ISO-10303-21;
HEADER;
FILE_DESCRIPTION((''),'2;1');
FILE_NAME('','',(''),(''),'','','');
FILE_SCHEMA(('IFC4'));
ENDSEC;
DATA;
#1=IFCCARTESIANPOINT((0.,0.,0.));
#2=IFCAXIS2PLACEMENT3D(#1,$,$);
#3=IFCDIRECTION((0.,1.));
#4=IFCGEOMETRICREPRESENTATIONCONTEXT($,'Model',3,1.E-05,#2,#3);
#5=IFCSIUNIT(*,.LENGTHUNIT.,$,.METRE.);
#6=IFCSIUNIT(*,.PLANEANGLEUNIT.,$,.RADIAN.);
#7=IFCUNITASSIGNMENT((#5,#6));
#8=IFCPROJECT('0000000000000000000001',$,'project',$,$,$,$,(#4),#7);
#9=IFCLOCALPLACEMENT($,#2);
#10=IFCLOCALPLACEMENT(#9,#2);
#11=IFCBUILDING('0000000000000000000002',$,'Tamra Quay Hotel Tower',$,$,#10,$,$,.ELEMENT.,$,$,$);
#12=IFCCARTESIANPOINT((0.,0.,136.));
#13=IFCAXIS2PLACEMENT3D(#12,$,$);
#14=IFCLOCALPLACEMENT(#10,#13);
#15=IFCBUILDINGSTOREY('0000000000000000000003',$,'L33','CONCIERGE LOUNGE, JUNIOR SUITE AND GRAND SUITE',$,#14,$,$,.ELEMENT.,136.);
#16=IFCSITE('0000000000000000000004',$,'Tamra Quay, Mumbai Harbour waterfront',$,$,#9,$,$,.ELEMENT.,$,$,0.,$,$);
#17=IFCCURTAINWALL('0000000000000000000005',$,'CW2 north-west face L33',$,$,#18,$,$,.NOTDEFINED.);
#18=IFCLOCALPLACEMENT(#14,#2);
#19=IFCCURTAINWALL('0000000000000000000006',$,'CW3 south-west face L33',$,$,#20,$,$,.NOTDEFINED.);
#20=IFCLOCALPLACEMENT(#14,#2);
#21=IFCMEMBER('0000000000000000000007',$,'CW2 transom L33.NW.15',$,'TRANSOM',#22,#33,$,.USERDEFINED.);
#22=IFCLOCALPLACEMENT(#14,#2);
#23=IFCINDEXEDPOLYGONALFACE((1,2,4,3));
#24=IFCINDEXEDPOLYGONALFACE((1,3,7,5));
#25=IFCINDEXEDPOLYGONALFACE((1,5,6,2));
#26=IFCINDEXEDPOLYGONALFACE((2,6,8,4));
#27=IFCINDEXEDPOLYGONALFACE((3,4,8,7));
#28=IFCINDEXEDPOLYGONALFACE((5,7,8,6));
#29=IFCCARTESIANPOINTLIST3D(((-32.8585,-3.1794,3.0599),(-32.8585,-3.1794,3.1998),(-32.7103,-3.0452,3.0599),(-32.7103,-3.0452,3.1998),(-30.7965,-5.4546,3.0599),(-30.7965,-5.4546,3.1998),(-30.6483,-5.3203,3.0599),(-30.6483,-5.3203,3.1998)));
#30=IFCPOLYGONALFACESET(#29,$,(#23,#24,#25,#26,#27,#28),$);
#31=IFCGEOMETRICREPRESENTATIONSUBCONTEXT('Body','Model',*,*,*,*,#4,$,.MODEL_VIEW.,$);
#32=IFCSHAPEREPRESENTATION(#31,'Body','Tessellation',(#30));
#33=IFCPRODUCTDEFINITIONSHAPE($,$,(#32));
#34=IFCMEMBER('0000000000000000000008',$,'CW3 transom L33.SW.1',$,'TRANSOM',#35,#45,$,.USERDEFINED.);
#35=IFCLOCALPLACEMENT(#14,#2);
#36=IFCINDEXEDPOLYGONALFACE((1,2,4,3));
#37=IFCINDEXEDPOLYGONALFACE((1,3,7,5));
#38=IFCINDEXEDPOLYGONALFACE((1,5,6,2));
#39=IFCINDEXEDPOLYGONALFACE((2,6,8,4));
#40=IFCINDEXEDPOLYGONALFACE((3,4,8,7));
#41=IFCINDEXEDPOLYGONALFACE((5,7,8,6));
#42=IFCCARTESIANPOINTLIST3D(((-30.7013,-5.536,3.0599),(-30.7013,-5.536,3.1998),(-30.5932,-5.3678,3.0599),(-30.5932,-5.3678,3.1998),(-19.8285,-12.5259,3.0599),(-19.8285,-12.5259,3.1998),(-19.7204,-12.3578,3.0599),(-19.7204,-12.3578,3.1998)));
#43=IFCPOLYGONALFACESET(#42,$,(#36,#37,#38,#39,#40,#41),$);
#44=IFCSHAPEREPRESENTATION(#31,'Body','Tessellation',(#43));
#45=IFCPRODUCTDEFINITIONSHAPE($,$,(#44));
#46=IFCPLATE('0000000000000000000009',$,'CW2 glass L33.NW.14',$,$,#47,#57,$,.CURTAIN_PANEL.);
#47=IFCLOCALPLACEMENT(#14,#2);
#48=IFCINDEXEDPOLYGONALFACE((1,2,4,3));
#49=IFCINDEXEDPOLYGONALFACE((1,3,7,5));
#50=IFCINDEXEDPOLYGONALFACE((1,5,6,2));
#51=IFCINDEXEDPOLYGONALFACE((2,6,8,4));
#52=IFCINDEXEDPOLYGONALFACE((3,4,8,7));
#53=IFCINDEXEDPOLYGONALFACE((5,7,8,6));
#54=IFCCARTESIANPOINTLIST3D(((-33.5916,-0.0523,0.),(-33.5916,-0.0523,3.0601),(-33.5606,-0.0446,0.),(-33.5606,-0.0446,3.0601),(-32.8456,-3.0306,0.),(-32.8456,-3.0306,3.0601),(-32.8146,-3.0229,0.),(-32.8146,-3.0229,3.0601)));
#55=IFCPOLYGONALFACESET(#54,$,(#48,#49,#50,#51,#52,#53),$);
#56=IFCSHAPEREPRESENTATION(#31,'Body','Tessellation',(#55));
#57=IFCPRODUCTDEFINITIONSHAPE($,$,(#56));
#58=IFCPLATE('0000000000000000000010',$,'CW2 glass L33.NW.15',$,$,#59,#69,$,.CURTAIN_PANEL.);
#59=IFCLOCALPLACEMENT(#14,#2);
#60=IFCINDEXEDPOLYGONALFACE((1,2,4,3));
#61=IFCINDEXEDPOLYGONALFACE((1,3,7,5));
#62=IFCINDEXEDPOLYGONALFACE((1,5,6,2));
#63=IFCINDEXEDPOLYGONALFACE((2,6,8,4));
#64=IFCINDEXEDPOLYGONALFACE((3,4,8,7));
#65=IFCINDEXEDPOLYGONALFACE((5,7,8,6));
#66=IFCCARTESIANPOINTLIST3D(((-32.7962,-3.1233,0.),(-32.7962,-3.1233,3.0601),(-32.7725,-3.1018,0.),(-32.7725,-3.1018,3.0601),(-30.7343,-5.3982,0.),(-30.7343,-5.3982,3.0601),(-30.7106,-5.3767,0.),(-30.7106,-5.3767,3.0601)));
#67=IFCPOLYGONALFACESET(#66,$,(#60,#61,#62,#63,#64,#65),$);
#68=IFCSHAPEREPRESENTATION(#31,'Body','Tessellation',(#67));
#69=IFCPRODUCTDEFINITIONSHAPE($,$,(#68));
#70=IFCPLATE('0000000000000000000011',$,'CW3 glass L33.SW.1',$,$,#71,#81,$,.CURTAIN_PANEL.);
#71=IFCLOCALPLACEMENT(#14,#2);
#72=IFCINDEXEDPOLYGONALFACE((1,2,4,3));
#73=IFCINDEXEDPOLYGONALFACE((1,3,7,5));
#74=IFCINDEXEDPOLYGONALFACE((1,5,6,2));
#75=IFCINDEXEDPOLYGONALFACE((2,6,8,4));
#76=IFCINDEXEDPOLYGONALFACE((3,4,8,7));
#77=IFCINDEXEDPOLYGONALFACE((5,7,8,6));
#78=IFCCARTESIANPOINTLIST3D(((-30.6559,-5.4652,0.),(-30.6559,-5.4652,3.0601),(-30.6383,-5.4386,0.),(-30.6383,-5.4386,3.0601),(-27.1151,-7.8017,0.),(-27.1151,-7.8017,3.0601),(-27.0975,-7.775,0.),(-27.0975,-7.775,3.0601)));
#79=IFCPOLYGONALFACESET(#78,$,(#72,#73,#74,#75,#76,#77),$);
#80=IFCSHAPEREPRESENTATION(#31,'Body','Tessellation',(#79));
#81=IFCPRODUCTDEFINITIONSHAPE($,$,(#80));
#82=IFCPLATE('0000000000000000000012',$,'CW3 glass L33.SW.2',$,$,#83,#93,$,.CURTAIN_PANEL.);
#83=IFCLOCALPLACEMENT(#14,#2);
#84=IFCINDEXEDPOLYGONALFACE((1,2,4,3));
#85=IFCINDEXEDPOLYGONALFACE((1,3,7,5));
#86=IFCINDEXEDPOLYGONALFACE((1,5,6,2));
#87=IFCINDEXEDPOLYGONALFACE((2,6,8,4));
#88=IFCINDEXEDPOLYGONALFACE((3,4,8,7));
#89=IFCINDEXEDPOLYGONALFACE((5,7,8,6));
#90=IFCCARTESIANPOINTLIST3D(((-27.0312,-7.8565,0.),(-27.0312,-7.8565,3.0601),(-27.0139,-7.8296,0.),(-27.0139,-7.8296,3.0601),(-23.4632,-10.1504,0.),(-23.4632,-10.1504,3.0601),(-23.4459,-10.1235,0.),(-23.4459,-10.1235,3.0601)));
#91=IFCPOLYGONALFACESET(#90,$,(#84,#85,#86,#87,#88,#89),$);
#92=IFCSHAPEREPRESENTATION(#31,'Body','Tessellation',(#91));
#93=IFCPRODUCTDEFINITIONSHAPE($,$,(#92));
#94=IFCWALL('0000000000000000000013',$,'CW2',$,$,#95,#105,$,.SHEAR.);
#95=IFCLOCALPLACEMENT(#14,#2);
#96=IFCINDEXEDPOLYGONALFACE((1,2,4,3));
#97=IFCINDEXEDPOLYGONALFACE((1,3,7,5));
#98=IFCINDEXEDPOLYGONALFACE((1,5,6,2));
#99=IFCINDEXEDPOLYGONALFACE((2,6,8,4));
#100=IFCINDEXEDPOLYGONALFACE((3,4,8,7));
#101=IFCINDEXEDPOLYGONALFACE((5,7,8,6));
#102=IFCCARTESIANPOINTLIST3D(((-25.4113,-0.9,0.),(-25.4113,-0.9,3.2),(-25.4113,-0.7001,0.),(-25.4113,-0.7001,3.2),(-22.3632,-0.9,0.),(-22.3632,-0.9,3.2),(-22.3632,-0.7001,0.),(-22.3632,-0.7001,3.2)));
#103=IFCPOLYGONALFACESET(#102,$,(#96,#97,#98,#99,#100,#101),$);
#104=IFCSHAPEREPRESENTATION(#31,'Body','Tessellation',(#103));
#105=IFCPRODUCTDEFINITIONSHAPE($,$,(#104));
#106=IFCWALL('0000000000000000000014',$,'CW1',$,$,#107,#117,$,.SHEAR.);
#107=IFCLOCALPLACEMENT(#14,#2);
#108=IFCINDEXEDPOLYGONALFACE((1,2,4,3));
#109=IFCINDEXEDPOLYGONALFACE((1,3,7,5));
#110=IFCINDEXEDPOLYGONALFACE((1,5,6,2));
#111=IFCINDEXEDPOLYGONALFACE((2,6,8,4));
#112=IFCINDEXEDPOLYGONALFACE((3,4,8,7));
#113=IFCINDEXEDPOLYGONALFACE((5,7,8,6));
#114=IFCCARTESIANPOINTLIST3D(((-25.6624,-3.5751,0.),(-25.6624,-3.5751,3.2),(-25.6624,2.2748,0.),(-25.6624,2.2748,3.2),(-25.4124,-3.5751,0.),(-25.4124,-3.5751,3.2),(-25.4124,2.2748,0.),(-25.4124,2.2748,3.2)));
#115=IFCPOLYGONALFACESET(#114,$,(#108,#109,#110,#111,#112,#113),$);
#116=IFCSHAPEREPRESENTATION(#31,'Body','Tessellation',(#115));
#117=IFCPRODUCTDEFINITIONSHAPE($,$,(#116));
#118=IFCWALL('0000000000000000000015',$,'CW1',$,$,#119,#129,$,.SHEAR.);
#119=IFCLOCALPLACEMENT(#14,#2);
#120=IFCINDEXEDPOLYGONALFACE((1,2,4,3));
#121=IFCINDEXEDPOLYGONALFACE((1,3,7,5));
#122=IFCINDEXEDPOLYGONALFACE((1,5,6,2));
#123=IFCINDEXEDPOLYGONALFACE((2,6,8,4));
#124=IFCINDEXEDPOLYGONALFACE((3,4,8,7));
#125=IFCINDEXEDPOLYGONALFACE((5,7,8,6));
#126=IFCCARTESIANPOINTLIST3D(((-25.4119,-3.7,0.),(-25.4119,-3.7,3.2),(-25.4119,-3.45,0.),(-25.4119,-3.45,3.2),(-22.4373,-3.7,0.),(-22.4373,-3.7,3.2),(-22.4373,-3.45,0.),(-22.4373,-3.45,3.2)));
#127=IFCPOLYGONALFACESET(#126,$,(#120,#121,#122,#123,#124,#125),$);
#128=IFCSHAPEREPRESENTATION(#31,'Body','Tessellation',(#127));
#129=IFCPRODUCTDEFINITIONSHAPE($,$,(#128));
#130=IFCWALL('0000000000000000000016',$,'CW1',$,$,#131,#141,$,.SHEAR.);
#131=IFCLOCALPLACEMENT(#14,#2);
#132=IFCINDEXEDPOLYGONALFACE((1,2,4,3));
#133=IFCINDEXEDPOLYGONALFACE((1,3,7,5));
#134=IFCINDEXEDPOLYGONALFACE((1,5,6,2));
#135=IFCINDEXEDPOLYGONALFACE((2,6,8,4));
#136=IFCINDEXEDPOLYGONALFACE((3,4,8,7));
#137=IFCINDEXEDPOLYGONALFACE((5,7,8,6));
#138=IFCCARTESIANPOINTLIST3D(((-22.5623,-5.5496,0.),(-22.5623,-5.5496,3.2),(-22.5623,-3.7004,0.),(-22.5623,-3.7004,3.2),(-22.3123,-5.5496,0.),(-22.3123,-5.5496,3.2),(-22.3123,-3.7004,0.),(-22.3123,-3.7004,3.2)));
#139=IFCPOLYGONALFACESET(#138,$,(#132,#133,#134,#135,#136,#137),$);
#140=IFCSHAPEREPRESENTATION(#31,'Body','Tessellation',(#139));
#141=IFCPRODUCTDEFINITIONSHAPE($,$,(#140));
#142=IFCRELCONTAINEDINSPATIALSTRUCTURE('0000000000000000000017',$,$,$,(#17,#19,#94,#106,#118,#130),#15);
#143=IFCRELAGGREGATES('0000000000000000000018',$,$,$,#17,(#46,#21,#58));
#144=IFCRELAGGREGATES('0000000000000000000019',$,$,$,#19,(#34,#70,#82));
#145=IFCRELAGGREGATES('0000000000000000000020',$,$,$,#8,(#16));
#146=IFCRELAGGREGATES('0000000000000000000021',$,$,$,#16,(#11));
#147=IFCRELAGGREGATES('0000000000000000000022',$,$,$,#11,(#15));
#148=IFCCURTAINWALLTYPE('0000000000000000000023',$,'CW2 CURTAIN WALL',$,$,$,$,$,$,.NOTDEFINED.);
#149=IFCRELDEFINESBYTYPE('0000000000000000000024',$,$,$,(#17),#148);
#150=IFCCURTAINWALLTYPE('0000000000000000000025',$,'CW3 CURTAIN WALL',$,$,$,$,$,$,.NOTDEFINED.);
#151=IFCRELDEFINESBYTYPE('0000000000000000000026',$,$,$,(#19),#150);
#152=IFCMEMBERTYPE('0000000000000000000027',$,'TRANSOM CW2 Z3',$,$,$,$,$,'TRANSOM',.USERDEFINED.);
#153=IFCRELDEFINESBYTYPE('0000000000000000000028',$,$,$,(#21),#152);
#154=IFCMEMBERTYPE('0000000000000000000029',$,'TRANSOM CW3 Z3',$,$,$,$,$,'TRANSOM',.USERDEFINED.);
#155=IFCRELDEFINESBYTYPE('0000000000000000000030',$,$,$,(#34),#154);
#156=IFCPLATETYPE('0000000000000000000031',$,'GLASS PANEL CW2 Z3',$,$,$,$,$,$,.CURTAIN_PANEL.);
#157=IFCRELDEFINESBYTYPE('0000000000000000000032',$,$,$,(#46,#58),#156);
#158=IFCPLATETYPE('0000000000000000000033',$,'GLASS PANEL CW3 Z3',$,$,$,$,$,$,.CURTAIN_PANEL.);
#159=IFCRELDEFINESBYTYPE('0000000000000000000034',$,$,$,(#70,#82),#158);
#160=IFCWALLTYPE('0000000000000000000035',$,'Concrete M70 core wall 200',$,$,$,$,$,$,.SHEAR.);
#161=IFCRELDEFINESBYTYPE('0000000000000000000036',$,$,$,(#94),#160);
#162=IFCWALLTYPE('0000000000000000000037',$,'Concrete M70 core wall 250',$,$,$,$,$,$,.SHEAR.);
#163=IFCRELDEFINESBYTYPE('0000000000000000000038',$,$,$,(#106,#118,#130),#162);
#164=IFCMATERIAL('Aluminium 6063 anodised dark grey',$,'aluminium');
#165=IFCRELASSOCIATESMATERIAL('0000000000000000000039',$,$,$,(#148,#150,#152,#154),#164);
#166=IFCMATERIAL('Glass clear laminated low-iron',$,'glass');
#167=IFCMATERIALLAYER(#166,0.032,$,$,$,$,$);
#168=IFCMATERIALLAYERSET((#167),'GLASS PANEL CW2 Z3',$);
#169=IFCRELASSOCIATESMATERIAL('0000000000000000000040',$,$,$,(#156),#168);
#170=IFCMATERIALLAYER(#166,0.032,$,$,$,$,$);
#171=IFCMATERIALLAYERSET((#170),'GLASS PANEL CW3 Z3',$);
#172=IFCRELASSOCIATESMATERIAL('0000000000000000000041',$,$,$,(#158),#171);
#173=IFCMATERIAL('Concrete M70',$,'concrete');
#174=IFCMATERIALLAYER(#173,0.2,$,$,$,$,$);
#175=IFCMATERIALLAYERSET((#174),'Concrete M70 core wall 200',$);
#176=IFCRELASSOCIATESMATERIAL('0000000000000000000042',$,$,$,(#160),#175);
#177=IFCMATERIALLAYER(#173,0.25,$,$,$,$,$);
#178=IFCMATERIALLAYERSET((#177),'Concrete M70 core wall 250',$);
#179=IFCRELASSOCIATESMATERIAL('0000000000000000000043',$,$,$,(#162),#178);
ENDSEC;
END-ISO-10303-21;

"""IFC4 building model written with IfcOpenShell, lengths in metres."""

from ifc_helpers import new_model, si_unit, direction, frame, frame_2d, origin, origin_2d, place, context, subcontext, project, spatial, rectangle, extrude, material, layer, layer_set, material_profile, profile_set, type_object, element, aggregate, save


model = new_model("IFC4")

# Units and contexts
model_context = context("Model", 3, precision=1e-05, world=origin(), true_north=direction((0.0, 1.0)))
body_context = subcontext(model_context, "Body", "Model", "MODEL_VIEW")
ifc_project = project(units=[si_unit("LENGTHUNIT", "METRE"), si_unit("PLANEANGLEUNIT", "RADIAN")], contexts=[model_context])

# Site, building, storey
site_placement = place(None, origin())
site = spatial("IfcSite", under=ifc_project, at=site_placement, Name="Tamra Quay, Mumbai Harbour waterfront", CompositionType="ELEMENT", RefElevation=0.0)
building_placement = place(site_placement, origin())
building = spatial("IfcBuilding", under=site, at=building_placement, Name="Tamra Quay Hotel Tower", CompositionType="ELEMENT")
storey_placement = place(building_placement, frame((0.0, 0.0, 136.0)))
storey = spatial("IfcBuildingStorey", under=building, at=storey_placement, Name="L33", Description="CONCIERGE LOUNGE, JUNIOR SUITE AND GRAND SUITE", CompositionType="ELEMENT", Elevation=136.0)

# Shared definitions
ifc_material_1 = material(Name="Concrete M70", Category="concrete")

# Curtain walls
ifc_material_2 = material(Name="Aluminium 6063 anodised dark grey", Category="aluminium")
curtain_wall_type_1 = type_object("IfcCurtainWallType", Name="CW2 CURTAIN WALL", PredefinedType="NOTDEFINED", material=ifc_material_2)
curtain_wall_1_placement = place(storey_placement, origin())
curtain_wall_1 = element("IfcCurtainWall", 1, at=curtain_wall_1_placement, inside=storey, type_object=curtain_wall_type_1, Name="CW2 north-west face L33", PredefinedType="NOTDEFINED")
curtain_wall_type_2 = type_object("IfcCurtainWallType", Name="CW3 CURTAIN WALL", PredefinedType="NOTDEFINED", material=ifc_material_2)
curtain_wall_2_placement = place(storey_placement, origin())
curtain_wall_2 = element("IfcCurtainWall", 2, at=curtain_wall_2_placement, inside=storey, type_object=curtain_wall_type_2, Name="CW3 south-west face L33", PredefinedType="NOTDEFINED")

# Members
ifc_material_profile_1 = material_profile(ifc_material_2, rectangle(XDim=0.2, YDim=0.1399, at=origin_2d()), Name="TRANSOM 200X140")
ifc_profile_set_1 = profile_set([ifc_material_profile_1], Name="Aluminium 6063 anodised dark grey")
member_type_1 = type_object("IfcMemberType", Name="TRANSOM CW2 Z3", ElementType="TRANSOM", PredefinedType="USERDEFINED", material=ifc_profile_set_1)
member_1_placement = place(storey_placement, frame((-32.7844, -3.1123, 3.1299), z_axis=(0.671548, -0.740961, 0.0), x_axis=(0.740961, 0.671548, 0.0)))
member_1 = element("IfcMember", 3, at=member_1_placement, type_object=member_type_1, Name="CW2 transom L33.NW.15", ObjectType="TRANSOM", PredefinedType="USERDEFINED", context=body_context, shape_type="SweptSolid", body=[
    extrude(rectangle(XDim=0.2, YDim=0.1399, at=origin_2d()), origin(), (0.0, 0.0, 1.0), 3.0706),
])
ifc_material_profile_2 = material_profile(ifc_material_2, rectangle(XDim=0.2, YDim=0.1399, at=origin_2d()), Name="TRANSOM 200X140")
ifc_profile_set_2 = profile_set([ifc_material_profile_2], Name="Aluminium 6063 anodised dark grey")
member_type_2 = type_object("IfcMemberType", Name="TRANSOM CW3 Z3", ElementType="TRANSOM", PredefinedType="USERDEFINED", material=ifc_profile_set_2)
member_2_placement = place(storey_placement, frame((-30.6472, -5.4519, 3.1299), z_axis=(0.841167, -0.540776, 0.0), x_axis=(0.540776, 0.841167, 0.0)))
member_2 = element("IfcMember", 4, at=member_2_placement, type_object=member_type_2, Name="CW3 transom L33.SW.1", ObjectType="TRANSOM", PredefinedType="USERDEFINED", context=body_context, shape_type="SweptSolid", body=[
    extrude(rectangle(XDim=0.2, YDim=0.1399, at=origin_2d()), origin(), (0.0, 0.0, 1.0), 12.9258),
])

# Plates
ifc_material_3 = material(Name="Glass clear laminated low-iron", Category="glass")
ifc_layer_1 = layer(ifc_material_3, 0.032)
ifc_layer_set_1 = layer_set([ifc_layer_1], Name="GLASS PANEL CW2 Z3")
plate_type_1 = type_object("IfcPlateType", Name="GLASS PANEL CW2 Z3", PredefinedType="CURTAIN_PANEL", material=ifc_layer_set_1)
plate_1_placement = place(storey_placement, frame((-33.2031, -1.5376, 0.0), z_axis=(0.0, 0.0, 1.0), x_axis=(0.242976, -0.970032, 0.0)))
plate_1 = element("IfcPlate", 5, at=plate_1_placement, type_object=plate_type_1, Name="CW2 glass L33.NW.14", PredefinedType="CURTAIN_PANEL", context=body_context, shape_type="SweptSolid", body=[
    extrude(rectangle(XDim=3.0703, YDim=0.032, at=origin_2d()), origin(), (0.0, 0.0, 1.0), 3.0601),
])
plate_2_placement = place(storey_placement, frame((-31.7534, -4.25, 0.0), z_axis=(0.0, 0.0, 1.0), x_axis=(0.67155, -0.740959, 0.0)))
plate_2 = element("IfcPlate", 6, at=plate_2_placement, type_object=plate_type_1, Name="CW2 glass L33.NW.15", PredefinedType="CURTAIN_PANEL", context=body_context, shape_type="SweptSolid", body=[
    extrude(rectangle(XDim=3.0703, YDim=0.032, at=origin_2d()), origin(), (0.0, 0.0, 1.0), 3.0601),
])
aggregate(curtain_wall_1, [plate_1, member_1, plate_2])
ifc_layer_2 = layer(ifc_material_3, 0.032)
ifc_layer_set_2 = layer_set([ifc_layer_2], Name="GLASS PANEL CW3 Z3")
plate_type_2 = type_object("IfcPlateType", Name="GLASS PANEL CW3 Z3", PredefinedType="CURTAIN_PANEL", material=ifc_layer_set_2)
plate_3_placement = place(storey_placement, frame((-28.8767, -6.6201, 0.0), z_axis=(0.0, 0.0, 1.0), x_axis=(0.834663, -0.550761, 0.0)))
plate_3 = element("IfcPlate", 7, at=plate_3_placement, type_object=plate_type_2, Name="CW3 glass L33.SW.1", PredefinedType="CURTAIN_PANEL", context=body_context, shape_type="SweptSolid", body=[
    extrude(rectangle(XDim=4.2422, YDim=0.032, at=origin_2d()), origin(), (0.0, 0.0, 1.0), 3.0601),
])
plate_4_placement = place(storey_placement, frame((-25.2385, -8.99, 0.0), z_axis=(0.0, 0.0, 1.0), x_axis=(0.841164, -0.54078, 0.0)))
plate_4 = element("IfcPlate", 8, at=plate_4_placement, type_object=plate_type_2, Name="CW3 glass L33.SW.2", PredefinedType="CURTAIN_PANEL", context=body_context, shape_type="SweptSolid", body=[
    extrude(rectangle(XDim=4.2417, YDim=0.032, at=origin_2d()), origin(), (0.0, 0.0, 1.0), 3.0601),
])
aggregate(curtain_wall_2, [member_2, plate_3, plate_4])

# Walls
ifc_layer_3 = layer(ifc_material_1, 0.2)
ifc_layer_set_3 = layer_set([ifc_layer_3], Name="Concrete M70 core wall 200")
wall_type_1 = type_object("IfcWallType", Name="Concrete M70 core wall 200", PredefinedType="SHEAR", material=ifc_layer_set_3)
wall_1_placement = place(storey_placement, frame((-22.3633, -0.8, 0.0), z_axis=(0.0, 0.0, 1.0), x_axis=(-1.0, 0.0, 0.0)))
element("IfcWall", 9, at=wall_1_placement, inside=storey, type_object=wall_type_1, Name="CW2", PredefinedType="SHEAR", context=body_context, shape_type="SweptSolid", body=[
    extrude(rectangle(XDim=3.0481, YDim=0.2, at=frame_2d((1.5239, 0.0))), origin(), (0.0, 0.0, 1.0), 3.2),
])
ifc_layer_4 = layer(ifc_material_1, 0.25)
ifc_layer_set_4 = layer_set([ifc_layer_4], Name="Concrete M70 core wall 250")
wall_type_2 = type_object("IfcWallType", Name="Concrete M70 core wall 250", PredefinedType="SHEAR", material=ifc_layer_set_4)
wall_2_placement = place(storey_placement, frame((-25.5374, -3.575, 0.0), z_axis=(0.0, 0.0, 1.0), x_axis=(0.0, 1.0, 0.0)))
element("IfcWall", 10, at=wall_2_placement, inside=storey, type_object=wall_type_2, Name="CW1", PredefinedType="SHEAR", context=body_context, shape_type="SweptSolid", body=[
    extrude(rectangle(XDim=5.8499, YDim=0.25, at=frame_2d((2.9248, 0.0))), origin(), (0.0, 0.0, 1.0), 3.2),
])
wall_3_placement = place(storey_placement, frame((-22.4373, -3.575, 0.0), z_axis=(0.0, 0.0, 1.0), x_axis=(-1.0, 0.0, 0.0)))
element("IfcWall", 11, at=wall_3_placement, inside=storey, type_object=wall_type_2, Name="CW1", PredefinedType="SHEAR", context=body_context, shape_type="SweptSolid", body=[
    extrude(rectangle(XDim=2.9746, YDim=0.25, at=frame_2d((1.4873, 0.0))), origin(), (0.0, 0.0, 1.0), 3.2),
])
wall_4_placement = place(storey_placement, frame((-22.4373, -5.5496, 0.0), z_axis=(0.0, 0.0, 1.0), x_axis=(0.0, 1.0, 0.0)))
element("IfcWall", 12, at=wall_4_placement, inside=storey, type_object=wall_type_2, Name="CW1", PredefinedType="SHEAR", context=body_context, shape_type="SweptSolid", body=[
    extrude(rectangle(XDim=1.8491, YDim=0.25, at=frame_2d((0.9246, 0.0))), origin(), (0.0, 0.0, 1.0), 3.2),
])

save(model, "model.ifc")
